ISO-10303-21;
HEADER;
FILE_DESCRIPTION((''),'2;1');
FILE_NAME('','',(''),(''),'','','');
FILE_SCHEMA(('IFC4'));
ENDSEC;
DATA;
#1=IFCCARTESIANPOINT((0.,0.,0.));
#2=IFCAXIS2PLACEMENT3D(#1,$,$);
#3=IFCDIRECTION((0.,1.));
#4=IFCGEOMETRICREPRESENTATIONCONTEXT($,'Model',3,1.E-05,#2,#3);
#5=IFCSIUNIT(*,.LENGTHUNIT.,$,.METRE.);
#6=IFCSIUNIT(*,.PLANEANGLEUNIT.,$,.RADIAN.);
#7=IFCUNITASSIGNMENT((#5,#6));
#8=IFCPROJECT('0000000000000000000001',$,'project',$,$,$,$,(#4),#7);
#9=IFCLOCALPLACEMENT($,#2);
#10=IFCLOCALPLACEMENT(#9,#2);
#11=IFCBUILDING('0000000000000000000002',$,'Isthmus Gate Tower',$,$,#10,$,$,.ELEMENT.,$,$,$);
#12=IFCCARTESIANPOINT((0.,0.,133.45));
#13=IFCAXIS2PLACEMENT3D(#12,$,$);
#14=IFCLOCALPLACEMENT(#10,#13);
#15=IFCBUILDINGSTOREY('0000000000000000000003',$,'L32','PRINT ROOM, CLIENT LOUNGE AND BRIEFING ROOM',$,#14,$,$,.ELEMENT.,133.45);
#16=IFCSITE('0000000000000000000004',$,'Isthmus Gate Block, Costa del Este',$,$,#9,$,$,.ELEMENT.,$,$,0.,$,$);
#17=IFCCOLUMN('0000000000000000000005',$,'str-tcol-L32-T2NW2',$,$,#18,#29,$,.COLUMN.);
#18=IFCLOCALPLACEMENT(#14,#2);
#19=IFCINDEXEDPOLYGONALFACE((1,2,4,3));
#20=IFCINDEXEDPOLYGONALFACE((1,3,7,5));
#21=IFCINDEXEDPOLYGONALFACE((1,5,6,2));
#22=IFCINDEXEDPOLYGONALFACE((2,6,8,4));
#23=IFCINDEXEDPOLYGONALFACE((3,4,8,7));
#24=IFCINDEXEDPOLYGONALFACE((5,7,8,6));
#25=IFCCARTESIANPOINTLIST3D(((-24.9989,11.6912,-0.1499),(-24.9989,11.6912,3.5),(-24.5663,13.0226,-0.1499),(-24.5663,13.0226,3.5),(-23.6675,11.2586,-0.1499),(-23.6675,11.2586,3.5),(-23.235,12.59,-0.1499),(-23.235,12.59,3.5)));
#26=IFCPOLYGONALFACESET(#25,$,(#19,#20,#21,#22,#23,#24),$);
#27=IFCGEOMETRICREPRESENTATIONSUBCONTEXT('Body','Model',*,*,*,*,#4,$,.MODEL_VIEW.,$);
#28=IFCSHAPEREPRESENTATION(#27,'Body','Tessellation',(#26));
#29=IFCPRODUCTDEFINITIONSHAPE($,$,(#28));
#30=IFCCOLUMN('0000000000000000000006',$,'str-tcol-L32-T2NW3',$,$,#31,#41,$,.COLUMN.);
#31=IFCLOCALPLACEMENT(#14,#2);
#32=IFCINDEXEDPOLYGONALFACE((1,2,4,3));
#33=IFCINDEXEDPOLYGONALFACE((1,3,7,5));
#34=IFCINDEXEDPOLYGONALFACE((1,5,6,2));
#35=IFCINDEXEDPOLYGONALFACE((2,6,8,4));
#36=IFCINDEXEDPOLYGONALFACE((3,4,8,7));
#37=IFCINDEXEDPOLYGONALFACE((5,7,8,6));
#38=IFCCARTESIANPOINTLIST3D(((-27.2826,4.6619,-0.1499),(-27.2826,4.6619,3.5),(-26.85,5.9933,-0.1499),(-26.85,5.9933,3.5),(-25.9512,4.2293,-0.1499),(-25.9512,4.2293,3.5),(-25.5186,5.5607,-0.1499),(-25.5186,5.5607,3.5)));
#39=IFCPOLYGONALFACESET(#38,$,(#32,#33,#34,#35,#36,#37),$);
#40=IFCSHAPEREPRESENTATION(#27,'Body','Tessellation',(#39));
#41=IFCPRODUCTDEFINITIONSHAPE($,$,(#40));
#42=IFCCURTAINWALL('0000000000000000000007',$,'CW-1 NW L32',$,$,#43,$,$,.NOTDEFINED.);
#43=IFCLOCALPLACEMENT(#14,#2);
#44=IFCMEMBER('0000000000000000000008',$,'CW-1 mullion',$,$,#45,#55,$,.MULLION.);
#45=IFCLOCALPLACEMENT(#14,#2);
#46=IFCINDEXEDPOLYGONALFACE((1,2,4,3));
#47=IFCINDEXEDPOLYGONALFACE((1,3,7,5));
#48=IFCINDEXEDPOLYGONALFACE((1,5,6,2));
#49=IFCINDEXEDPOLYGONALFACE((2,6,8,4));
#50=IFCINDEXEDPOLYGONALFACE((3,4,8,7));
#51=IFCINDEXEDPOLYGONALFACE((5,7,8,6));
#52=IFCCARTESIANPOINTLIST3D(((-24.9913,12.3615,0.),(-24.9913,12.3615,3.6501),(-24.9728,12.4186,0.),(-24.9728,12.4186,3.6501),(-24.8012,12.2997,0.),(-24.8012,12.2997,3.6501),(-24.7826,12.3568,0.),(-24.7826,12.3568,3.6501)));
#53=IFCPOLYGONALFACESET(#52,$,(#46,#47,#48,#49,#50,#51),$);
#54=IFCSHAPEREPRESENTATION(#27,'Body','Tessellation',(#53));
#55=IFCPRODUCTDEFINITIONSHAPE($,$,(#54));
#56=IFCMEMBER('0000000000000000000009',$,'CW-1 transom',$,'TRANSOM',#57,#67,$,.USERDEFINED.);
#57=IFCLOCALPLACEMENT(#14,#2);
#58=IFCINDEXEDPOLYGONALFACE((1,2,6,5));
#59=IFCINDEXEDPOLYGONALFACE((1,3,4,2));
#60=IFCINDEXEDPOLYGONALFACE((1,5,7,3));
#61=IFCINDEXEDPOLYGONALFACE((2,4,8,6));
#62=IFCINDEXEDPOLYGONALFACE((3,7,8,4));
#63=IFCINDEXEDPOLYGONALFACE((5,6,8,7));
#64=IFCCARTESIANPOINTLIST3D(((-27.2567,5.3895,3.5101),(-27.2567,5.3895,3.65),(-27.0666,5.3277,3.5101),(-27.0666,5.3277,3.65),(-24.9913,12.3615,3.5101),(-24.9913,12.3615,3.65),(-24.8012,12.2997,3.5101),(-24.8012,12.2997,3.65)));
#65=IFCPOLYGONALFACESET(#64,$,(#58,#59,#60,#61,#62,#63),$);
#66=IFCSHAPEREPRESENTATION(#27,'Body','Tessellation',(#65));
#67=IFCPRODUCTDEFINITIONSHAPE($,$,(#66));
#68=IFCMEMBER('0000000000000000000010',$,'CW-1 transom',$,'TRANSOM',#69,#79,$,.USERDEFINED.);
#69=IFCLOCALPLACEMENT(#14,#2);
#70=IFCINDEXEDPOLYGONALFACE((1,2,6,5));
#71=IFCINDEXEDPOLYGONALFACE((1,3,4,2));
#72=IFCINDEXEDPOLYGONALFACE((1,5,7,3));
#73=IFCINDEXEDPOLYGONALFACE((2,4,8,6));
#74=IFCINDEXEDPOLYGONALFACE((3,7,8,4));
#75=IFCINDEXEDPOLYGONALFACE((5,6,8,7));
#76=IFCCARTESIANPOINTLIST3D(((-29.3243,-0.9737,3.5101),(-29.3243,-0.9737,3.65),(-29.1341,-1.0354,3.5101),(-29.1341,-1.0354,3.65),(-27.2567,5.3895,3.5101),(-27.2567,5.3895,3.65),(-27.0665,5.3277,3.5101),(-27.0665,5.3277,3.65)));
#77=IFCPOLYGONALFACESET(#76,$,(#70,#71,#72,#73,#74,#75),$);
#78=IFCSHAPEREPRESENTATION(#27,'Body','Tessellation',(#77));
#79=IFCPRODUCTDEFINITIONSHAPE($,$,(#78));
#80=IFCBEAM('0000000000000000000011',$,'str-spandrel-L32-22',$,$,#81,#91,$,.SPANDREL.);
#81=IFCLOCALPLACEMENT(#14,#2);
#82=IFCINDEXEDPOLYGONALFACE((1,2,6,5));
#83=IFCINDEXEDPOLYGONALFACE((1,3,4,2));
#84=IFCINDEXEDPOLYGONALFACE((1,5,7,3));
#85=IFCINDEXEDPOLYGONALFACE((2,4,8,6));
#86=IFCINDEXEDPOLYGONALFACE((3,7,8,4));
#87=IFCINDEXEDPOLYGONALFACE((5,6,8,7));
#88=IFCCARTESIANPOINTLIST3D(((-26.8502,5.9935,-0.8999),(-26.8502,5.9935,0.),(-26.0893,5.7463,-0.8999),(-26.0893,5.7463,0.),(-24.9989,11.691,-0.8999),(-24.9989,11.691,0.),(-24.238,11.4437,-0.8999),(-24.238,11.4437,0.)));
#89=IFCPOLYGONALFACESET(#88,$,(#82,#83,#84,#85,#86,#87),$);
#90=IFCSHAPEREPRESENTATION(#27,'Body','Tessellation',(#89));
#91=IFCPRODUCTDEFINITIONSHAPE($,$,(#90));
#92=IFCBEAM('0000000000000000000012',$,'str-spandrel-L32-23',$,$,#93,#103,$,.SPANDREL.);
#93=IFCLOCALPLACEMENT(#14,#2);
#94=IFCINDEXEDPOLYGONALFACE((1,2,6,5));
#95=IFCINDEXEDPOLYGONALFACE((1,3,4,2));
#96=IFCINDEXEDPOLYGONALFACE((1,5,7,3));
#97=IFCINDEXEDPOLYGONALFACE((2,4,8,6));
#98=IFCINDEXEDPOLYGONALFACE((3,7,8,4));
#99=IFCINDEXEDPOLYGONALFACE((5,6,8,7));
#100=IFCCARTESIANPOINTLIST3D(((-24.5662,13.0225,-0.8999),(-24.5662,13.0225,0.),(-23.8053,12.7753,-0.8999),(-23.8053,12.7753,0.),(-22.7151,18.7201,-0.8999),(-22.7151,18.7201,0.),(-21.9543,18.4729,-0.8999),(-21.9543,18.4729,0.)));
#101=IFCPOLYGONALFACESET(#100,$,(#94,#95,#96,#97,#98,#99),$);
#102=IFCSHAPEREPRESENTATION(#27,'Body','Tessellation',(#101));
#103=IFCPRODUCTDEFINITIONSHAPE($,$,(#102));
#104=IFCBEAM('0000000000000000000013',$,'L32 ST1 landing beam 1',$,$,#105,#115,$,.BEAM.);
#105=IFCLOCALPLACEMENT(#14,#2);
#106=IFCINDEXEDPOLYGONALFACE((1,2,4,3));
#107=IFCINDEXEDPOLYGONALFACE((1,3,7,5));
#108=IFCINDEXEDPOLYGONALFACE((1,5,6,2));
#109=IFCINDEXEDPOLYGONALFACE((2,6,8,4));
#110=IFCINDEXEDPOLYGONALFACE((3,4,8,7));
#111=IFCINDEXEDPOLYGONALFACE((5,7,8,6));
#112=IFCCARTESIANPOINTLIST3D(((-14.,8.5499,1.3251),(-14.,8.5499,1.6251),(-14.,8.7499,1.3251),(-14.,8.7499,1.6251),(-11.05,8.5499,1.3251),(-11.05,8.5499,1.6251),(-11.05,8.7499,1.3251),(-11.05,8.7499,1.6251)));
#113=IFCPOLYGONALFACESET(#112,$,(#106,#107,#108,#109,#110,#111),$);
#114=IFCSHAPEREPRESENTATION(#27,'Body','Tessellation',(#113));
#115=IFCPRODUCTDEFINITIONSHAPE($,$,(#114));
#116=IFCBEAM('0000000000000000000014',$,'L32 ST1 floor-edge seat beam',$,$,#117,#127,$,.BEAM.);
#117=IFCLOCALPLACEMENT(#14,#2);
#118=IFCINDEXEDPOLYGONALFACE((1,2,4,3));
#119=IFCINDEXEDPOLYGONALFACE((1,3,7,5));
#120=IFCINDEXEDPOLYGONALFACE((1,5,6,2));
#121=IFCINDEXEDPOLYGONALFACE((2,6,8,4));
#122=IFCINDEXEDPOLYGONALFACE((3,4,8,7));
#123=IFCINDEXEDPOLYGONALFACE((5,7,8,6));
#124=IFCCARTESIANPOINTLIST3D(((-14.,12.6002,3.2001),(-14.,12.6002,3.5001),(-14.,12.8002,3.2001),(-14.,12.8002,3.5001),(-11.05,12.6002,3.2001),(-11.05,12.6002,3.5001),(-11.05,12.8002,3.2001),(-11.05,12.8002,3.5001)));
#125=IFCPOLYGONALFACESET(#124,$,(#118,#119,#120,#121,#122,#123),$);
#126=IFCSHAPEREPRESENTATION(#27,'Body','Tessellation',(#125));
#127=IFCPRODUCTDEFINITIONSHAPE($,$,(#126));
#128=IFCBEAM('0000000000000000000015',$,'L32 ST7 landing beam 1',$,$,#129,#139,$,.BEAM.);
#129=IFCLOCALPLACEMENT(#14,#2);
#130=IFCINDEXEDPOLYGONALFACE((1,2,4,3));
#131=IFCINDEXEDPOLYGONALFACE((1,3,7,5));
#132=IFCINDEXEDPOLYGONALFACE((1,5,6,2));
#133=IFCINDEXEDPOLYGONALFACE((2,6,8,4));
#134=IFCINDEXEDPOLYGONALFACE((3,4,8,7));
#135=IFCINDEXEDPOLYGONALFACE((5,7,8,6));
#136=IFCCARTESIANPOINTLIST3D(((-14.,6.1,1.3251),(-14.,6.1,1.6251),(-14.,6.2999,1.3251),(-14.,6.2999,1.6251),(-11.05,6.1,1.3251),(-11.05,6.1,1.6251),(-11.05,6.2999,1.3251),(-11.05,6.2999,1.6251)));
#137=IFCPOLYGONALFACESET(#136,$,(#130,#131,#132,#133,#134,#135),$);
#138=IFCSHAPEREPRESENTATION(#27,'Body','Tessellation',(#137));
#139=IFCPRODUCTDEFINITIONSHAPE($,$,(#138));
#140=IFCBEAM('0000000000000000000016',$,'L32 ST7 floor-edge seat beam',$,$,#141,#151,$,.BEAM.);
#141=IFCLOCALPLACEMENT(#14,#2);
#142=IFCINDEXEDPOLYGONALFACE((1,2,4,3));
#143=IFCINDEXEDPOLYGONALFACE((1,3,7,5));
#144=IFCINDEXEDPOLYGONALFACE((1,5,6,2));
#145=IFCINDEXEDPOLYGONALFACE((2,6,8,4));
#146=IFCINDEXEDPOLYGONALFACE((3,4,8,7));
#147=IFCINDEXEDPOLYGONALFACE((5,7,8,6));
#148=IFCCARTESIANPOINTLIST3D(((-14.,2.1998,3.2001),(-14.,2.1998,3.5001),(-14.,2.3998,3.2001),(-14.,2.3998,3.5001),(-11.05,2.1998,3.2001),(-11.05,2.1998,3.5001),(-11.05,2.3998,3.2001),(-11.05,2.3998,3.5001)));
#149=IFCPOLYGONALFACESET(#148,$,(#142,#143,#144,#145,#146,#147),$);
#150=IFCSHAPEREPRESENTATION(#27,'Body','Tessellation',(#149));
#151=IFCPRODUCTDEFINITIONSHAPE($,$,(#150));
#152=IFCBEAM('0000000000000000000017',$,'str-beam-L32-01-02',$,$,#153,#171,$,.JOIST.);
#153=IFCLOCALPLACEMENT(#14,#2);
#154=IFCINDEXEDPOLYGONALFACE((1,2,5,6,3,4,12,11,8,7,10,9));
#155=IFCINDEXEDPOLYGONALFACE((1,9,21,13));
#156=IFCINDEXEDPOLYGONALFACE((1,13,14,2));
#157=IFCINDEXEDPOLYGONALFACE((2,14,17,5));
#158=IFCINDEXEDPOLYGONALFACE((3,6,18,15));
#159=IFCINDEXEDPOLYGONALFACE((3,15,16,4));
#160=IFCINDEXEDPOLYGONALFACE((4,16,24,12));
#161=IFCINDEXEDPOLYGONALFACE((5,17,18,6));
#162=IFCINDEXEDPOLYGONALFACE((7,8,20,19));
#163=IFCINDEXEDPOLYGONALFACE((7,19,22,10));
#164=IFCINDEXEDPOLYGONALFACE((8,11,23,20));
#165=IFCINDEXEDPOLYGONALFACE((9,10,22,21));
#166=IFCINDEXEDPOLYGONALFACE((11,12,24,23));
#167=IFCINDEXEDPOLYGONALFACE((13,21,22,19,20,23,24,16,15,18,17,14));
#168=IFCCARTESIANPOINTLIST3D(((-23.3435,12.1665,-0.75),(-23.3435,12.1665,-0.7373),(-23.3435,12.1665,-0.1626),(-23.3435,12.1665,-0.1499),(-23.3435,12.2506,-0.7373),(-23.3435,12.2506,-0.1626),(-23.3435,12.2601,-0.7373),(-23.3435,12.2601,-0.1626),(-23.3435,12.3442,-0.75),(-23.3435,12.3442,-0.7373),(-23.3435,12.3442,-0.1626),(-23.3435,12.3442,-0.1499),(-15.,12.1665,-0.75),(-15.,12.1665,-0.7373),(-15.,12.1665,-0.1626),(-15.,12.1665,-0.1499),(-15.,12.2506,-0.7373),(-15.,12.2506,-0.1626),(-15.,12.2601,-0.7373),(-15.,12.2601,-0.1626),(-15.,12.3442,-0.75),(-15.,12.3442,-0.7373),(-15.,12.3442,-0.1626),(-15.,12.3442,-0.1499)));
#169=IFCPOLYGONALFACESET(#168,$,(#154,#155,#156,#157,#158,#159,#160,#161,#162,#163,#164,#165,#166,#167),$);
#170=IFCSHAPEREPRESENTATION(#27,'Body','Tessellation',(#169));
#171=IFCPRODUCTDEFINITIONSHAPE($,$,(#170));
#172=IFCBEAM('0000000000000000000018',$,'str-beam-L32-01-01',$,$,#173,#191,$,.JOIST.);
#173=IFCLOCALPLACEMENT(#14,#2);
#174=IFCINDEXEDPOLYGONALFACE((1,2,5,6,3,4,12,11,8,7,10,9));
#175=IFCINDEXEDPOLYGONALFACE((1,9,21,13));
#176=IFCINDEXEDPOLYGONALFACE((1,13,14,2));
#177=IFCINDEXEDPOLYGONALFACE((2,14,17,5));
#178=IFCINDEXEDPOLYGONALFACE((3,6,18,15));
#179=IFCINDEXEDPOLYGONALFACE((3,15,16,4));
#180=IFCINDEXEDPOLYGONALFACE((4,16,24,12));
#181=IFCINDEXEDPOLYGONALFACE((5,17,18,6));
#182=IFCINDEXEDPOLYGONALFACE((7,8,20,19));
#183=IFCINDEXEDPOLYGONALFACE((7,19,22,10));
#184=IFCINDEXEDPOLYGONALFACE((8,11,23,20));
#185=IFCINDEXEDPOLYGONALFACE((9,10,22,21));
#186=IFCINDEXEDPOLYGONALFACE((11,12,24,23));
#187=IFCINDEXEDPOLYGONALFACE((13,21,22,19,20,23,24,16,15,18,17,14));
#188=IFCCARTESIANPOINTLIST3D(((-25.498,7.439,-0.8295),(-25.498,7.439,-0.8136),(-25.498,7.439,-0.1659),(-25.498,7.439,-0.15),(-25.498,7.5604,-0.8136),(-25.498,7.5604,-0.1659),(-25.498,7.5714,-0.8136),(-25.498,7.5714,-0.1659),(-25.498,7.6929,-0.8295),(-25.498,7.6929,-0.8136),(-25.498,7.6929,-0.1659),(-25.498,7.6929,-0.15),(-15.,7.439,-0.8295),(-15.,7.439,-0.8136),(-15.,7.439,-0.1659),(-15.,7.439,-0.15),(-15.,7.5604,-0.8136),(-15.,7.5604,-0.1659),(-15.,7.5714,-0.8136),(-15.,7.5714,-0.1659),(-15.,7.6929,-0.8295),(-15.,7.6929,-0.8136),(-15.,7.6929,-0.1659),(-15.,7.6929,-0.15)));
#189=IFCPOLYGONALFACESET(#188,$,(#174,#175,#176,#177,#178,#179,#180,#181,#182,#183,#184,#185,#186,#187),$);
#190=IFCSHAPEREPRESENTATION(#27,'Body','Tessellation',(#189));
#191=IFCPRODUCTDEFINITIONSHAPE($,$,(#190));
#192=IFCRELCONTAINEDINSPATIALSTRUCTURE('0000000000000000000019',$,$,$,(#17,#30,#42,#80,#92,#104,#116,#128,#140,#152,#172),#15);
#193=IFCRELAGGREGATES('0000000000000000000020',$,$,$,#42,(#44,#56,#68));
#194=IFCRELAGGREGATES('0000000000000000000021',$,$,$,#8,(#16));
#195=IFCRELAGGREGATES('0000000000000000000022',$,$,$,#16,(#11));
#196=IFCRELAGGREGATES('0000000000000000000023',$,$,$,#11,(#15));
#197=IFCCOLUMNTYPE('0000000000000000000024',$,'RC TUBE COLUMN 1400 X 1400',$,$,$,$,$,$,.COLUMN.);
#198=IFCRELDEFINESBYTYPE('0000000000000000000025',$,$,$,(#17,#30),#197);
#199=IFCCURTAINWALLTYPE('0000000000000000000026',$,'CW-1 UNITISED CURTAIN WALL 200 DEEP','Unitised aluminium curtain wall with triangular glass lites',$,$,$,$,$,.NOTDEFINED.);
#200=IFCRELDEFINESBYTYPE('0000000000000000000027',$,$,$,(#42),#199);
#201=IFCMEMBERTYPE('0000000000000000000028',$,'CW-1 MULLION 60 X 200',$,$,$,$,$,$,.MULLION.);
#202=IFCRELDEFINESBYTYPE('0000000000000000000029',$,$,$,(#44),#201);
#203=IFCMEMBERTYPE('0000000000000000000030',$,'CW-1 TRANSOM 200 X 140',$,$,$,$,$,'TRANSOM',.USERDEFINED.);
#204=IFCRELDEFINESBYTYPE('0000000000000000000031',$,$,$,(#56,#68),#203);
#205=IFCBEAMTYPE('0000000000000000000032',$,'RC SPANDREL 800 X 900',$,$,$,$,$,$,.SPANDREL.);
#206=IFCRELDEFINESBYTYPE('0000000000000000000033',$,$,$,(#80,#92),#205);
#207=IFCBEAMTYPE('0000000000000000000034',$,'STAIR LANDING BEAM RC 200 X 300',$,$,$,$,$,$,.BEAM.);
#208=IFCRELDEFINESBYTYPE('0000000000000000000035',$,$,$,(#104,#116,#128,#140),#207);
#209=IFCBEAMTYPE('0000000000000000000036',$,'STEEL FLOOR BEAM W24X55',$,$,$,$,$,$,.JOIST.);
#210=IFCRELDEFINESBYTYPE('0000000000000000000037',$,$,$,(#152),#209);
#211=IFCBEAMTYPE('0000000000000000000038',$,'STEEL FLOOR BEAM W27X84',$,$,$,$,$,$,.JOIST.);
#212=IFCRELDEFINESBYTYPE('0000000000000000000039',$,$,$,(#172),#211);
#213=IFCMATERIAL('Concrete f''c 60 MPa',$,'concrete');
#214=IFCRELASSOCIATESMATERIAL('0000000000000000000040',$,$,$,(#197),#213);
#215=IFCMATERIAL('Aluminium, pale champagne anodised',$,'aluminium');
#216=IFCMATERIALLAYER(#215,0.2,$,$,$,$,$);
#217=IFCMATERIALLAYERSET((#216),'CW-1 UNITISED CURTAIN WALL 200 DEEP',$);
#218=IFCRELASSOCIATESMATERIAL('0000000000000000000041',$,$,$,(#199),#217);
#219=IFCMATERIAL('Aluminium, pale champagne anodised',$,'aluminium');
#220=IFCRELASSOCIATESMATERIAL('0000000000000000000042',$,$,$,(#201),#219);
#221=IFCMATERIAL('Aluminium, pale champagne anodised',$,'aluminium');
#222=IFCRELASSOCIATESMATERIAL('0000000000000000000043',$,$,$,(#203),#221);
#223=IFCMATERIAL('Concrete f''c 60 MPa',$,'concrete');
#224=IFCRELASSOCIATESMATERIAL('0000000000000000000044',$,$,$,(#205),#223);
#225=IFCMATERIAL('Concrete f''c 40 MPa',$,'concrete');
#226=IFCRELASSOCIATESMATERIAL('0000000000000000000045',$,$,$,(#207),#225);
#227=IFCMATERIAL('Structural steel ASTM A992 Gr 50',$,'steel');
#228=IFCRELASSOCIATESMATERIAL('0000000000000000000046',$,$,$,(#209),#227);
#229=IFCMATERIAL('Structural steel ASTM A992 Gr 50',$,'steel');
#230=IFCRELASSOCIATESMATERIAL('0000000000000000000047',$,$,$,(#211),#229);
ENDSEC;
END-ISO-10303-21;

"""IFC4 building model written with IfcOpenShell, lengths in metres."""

from ifc_helpers import new_model, si_unit, direction, frame, origin, origin_2d, place, context, subcontext, project, spatial, rectangle, i_section, extrude, material, layer, layer_set, material_profile, profile_set, type_object, element, aggregate, save


model = new_model("IFC4")

# Units and contexts
model_context = context("Model", 3, precision=1e-05, world=origin(), true_north=direction((0.0, 1.0)))
body_context = subcontext(model_context, "Body", "Model", "MODEL_VIEW")
ifc_project = project(units=[si_unit("LENGTHUNIT", "METRE"), si_unit("PLANEANGLEUNIT", "RADIAN")], contexts=[model_context])

# Site, building, storey
site_placement = place(None, origin())
site = spatial("IfcSite", under=ifc_project, at=site_placement, Name="Isthmus Gate Block, Costa del Este", CompositionType="ELEMENT", RefElevation=0.0)
building_placement = place(site_placement, origin())
building = spatial("IfcBuilding", under=site, at=building_placement, Name="Isthmus Gate Tower", CompositionType="ELEMENT")
storey_placement = place(building_placement, frame((0.0, 0.0, 133.45)))
storey = spatial("IfcBuildingStorey", under=building, at=storey_placement, Name="L32", Description="PRINT ROOM, CLIENT LOUNGE AND BRIEFING ROOM", CompositionType="ELEMENT", Elevation=133.45)

# Columns
ifc_material_1 = material(Name="Concrete f'c 60 MPa", Category="concrete")
ifc_material_profile_1 = material_profile(ifc_material_1, rectangle(XDim=1.3999, YDim=1.3999, at=origin_2d()), Name="RC 1400X1400")
ifc_profile_set_1 = profile_set([ifc_material_profile_1], Name="Concrete f'c 60 MPa")
column_type = type_object("IfcColumnType", Name="RC TUBE COLUMN 1400 X 1400", PredefinedType="COLUMN", material=ifc_profile_set_1)
for number, where, z_axis, x_axis, name in (
    (1, (-24.1169, 12.1406, -0.1499), (0.0, 0.0, 1.0), (-0.309017, -0.951057, 0.0), "str-tcol-L32-T2NW2"),
    (2, (-26.4006, 5.1113, -0.1499), (0.0, 0.0, 1.0), (-0.309017, -0.951057, 0.0), "str-tcol-L32-T2NW3"),
):
    element("IfcColumn", number, at=place(storey_placement, frame(where, z_axis=z_axis, x_axis=x_axis)), inside=storey, type_object=column_type, Name=name, PredefinedType="COLUMN", context=body_context, shape_type="SweptSolid", body=[
        extrude(rectangle(XDim=1.3999, YDim=1.3999, at=origin_2d()), origin(), (0.0, 0.0, 1.0), 3.6499),
    ])

# Curtain wall, members
ifc_material_2 = material(Name="Aluminium, pale champagne anodised", Category="aluminium")
ifc_layer_1 = layer(ifc_material_2, 0.2)
ifc_layer_set_1 = layer_set([ifc_layer_1], Name="CW-1 UNITISED CURTAIN WALL 200 DEEP")
curtain_wall_type = type_object("IfcCurtainWallType", Name="CW-1 UNITISED CURTAIN WALL 200 DEEP", Description="Unitised aluminium curtain wall with triangular glass lites", PredefinedType="NOTDEFINED", material=ifc_layer_set_1)
curtain_wall_placement = place(storey_placement, origin())
curtain_wall = element("IfcCurtainWall", 3, at=curtain_wall_placement, inside=storey, type_object=curtain_wall_type, Name="CW-1 NW L32", PredefinedType="NOTDEFINED")
ifc_material_3 = material(Name="Aluminium, pale champagne anodised", Category="aluminium")
ifc_material_profile_2 = material_profile(ifc_material_3, rectangle(XDim=0.0601, YDim=0.2, at=origin_2d()), Name="60x200")
ifc_profile_set_2 = profile_set([ifc_material_profile_2], Name="Aluminium, pale champagne anodised")
member_type_1 = type_object("IfcMemberType", Name="CW-1 MULLION 60 X 200", PredefinedType="MULLION", material=ifc_profile_set_2)
member_1_placement = place(storey_placement, frame((-24.887, 12.3591, 0.0), z_axis=(0.0, 0.0, 1.0), x_axis=(-0.309017, -0.951057, 0.0)))
member_1 = element("IfcMember", 4, at=member_1_placement, type_object=member_type_1, Name="CW-1 mullion", PredefinedType="MULLION", context=body_context, shape_type="SweptSolid", body=[
    extrude(rectangle(XDim=0.0601, YDim=0.2, at=origin_2d()), origin(), (0.0, 0.0, 1.0), 3.6501),
])
ifc_material_4 = material(Name="Aluminium, pale champagne anodised", Category="aluminium")
ifc_material_profile_3 = material_profile(ifc_material_4, rectangle(XDim=0.2, YDim=0.1399, at=origin_2d()), Name="200x140")
ifc_profile_set_3 = profile_set([ifc_material_profile_3], Name="Aluminium, pale champagne anodised")
member_type_2 = type_object("IfcMemberType", Name="CW-1 TRANSOM 200 X 140", ElementType="TRANSOM", PredefinedType="USERDEFINED", material=ifc_profile_set_3)
member_2_placement = place(storey_placement, frame((-24.8962, 12.3306, 3.5801), z_axis=(-0.309025, -0.951054, 0.0), x_axis=(0.951054, -0.309025, 0.0)))
member_2 = element("IfcMember", 5, at=member_2_placement, type_object=member_type_2, Name="CW-1 transom", ObjectType="TRANSOM", PredefinedType="USERDEFINED", context=body_context, shape_type="SweptSolid", body=[
    extrude(rectangle(XDim=0.2, YDim=0.1399, at=origin_2d()), origin(), (0.0, 0.0, 1.0), 7.3308),
])
member_3_placement = place(storey_placement, frame((-27.1616, 5.3586, 3.5801), z_axis=(-0.309027, -0.951053, 0.0), x_axis=(0.951053, -0.309027, 0.0)))
member_3 = element("IfcMember", 6, at=member_3_placement, type_object=member_type_2, Name="CW-1 transom", ObjectType="TRANSOM", PredefinedType="USERDEFINED", context=body_context, shape_type="SweptSolid", body=[
    extrude(rectangle(XDim=0.2, YDim=0.1399, at=origin_2d()), origin(), (0.0, 0.0, 1.0), 6.6907),
])

# Beams
ifc_material_5 = material(Name="Concrete f'c 60 MPa", Category="concrete")
ifc_material_profile_4 = material_profile(ifc_material_5, rectangle(XDim=0.8, YDim=0.8999, at=origin_2d()), Name="RC 800X900")
ifc_profile_set_4 = profile_set([ifc_material_profile_4], Name="Concrete f'c 60 MPa")
beam_type_1 = type_object("IfcBeamType", Name="RC SPANDREL 800 X 900", PredefinedType="SPANDREL", material=ifc_profile_set_4)
for number, where, z_axis, x_axis, name in (
    (7, (-26.4697, 5.8699, -0.45), (0.30903, 0.951052, 0.0), (-0.951052, 0.30903, 0.0), "str-spandrel-L32-22"),
    (8, (-24.1858, 12.8989, -0.45), (0.308993, 0.951064, 0.0), (-0.951064, 0.308993, 0.0), "str-spandrel-L32-23"),
):
    element("IfcBeam", number, at=place(storey_placement, frame(where, z_axis=z_axis, x_axis=x_axis)), inside=storey, type_object=beam_type_1, Name=name, PredefinedType="SPANDREL", context=body_context, shape_type="SweptSolid", body=[
        extrude(rectangle(XDim=0.8, YDim=0.8999, at=origin_2d()), origin(), (0.0, 0.0, 1.0), 5.9907),
    ])
ifc_material_6 = material(Name="Concrete f'c 40 MPa", Category="concrete")
ifc_material_profile_5 = material_profile(ifc_material_6, rectangle(XDim=0.2, YDim=0.3, at=origin_2d()), Name="STAIR LANDING BEAM RC 200 X 300")
ifc_profile_set_5 = profile_set([ifc_material_profile_5], Name="Concrete f'c 40 MPa")
beam_type_2 = type_object("IfcBeamType", Name="STAIR LANDING BEAM RC 200 X 300", PredefinedType="BEAM", material=ifc_profile_set_5)
for number, where, z_axis, x_axis, name in (
    (9, (-14.0, 8.6499, 1.4751), (1.0, 0.0, 0.0), (0.0, 1.0, 0.0), "L32 ST1 landing beam 1"),
    (10, (-14.0, 12.7002, 3.3501), (1.0, 0.0, 0.0), (0.0, 1.0, 0.0), "L32 ST1 floor-edge seat beam"),
    (11, (-14.0, 6.2, 1.4751), (1.0, 0.0, 0.0), (0.0, 1.0, 0.0), "L32 ST7 landing beam 1"),
    (12, (-14.0, 2.2998, 3.3501), (1.0, 0.0, 0.0), (0.0, 1.0, 0.0), "L32 ST7 floor-edge seat beam"),
):
    element("IfcBeam", number, at=place(storey_placement, frame(where, z_axis=z_axis, x_axis=x_axis)), inside=storey, type_object=beam_type_2, Name=name, PredefinedType="BEAM", context=body_context, shape_type="SweptSolid", body=[
        extrude(rectangle(XDim=0.2, YDim=0.3, at=origin_2d()), origin(), (0.0, 0.0, 1.0), 2.95),
    ])
ifc_material_7 = material(Name="Structural steel ASTM A992 Gr 50", Category="steel")
ifc_material_profile_6 = material_profile(ifc_material_7, i_section(OverallWidth=0.1777, OverallDepth=0.6001, WebThickness=0.0095, FlangeThickness=0.0127, at=origin_2d()), Name="W24X55")
ifc_profile_set_6 = profile_set([ifc_material_profile_6], Name="Structural steel ASTM A992 Gr 50")
beam_type_3 = type_object("IfcBeamType", Name="STEEL FLOOR BEAM W24X55", PredefinedType="JOIST", material=ifc_profile_set_6)
beam_1_placement = place(storey_placement, frame((-23.3435, 12.2554, -0.45), z_axis=(1.0, 0.0, 0.0), x_axis=(0.0, 1.0, 0.0)))
element("IfcBeam", 13, at=beam_1_placement, inside=storey, type_object=beam_type_3, Name="str-beam-L32-01-02", PredefinedType="JOIST", context=body_context, shape_type="SweptSolid", body=[
    extrude(i_section(OverallWidth=0.1777, OverallDepth=0.6001, WebThickness=0.0095, FlangeThickness=0.0127, at=origin_2d()), origin(), (0.0, 0.0, 1.0), 8.3435),
])
ifc_material_8 = material(Name="Structural steel ASTM A992 Gr 50", Category="steel")
ifc_material_profile_7 = material_profile(ifc_material_8, i_section(OverallWidth=0.2539, OverallDepth=0.6794, WebThickness=0.011, FlangeThickness=0.0159, at=origin_2d()), Name="W27X84")
ifc_profile_set_7 = profile_set([ifc_material_profile_7], Name="Structural steel ASTM A992 Gr 50")
beam_type_4 = type_object("IfcBeamType", Name="STEEL FLOOR BEAM W27X84", PredefinedType="JOIST", material=ifc_profile_set_7)
beam_2_placement = place(storey_placement, frame((-25.498, 7.5659, -0.4897), z_axis=(1.0, 0.0, 0.0), x_axis=(0.0, 1.0, 0.0)))
element("IfcBeam", 14, at=beam_2_placement, inside=storey, type_object=beam_type_4, Name="str-beam-L32-01-01", PredefinedType="JOIST", context=body_context, shape_type="SweptSolid", body=[
    extrude(i_section(OverallWidth=0.2539, OverallDepth=0.6794, WebThickness=0.011, FlangeThickness=0.0159, at=origin_2d()), origin(), (0.0, 0.0, 1.0), 10.498),
])

aggregate(curtain_wall, [member_1, member_2, member_3])

save(model, "model.ifc")
